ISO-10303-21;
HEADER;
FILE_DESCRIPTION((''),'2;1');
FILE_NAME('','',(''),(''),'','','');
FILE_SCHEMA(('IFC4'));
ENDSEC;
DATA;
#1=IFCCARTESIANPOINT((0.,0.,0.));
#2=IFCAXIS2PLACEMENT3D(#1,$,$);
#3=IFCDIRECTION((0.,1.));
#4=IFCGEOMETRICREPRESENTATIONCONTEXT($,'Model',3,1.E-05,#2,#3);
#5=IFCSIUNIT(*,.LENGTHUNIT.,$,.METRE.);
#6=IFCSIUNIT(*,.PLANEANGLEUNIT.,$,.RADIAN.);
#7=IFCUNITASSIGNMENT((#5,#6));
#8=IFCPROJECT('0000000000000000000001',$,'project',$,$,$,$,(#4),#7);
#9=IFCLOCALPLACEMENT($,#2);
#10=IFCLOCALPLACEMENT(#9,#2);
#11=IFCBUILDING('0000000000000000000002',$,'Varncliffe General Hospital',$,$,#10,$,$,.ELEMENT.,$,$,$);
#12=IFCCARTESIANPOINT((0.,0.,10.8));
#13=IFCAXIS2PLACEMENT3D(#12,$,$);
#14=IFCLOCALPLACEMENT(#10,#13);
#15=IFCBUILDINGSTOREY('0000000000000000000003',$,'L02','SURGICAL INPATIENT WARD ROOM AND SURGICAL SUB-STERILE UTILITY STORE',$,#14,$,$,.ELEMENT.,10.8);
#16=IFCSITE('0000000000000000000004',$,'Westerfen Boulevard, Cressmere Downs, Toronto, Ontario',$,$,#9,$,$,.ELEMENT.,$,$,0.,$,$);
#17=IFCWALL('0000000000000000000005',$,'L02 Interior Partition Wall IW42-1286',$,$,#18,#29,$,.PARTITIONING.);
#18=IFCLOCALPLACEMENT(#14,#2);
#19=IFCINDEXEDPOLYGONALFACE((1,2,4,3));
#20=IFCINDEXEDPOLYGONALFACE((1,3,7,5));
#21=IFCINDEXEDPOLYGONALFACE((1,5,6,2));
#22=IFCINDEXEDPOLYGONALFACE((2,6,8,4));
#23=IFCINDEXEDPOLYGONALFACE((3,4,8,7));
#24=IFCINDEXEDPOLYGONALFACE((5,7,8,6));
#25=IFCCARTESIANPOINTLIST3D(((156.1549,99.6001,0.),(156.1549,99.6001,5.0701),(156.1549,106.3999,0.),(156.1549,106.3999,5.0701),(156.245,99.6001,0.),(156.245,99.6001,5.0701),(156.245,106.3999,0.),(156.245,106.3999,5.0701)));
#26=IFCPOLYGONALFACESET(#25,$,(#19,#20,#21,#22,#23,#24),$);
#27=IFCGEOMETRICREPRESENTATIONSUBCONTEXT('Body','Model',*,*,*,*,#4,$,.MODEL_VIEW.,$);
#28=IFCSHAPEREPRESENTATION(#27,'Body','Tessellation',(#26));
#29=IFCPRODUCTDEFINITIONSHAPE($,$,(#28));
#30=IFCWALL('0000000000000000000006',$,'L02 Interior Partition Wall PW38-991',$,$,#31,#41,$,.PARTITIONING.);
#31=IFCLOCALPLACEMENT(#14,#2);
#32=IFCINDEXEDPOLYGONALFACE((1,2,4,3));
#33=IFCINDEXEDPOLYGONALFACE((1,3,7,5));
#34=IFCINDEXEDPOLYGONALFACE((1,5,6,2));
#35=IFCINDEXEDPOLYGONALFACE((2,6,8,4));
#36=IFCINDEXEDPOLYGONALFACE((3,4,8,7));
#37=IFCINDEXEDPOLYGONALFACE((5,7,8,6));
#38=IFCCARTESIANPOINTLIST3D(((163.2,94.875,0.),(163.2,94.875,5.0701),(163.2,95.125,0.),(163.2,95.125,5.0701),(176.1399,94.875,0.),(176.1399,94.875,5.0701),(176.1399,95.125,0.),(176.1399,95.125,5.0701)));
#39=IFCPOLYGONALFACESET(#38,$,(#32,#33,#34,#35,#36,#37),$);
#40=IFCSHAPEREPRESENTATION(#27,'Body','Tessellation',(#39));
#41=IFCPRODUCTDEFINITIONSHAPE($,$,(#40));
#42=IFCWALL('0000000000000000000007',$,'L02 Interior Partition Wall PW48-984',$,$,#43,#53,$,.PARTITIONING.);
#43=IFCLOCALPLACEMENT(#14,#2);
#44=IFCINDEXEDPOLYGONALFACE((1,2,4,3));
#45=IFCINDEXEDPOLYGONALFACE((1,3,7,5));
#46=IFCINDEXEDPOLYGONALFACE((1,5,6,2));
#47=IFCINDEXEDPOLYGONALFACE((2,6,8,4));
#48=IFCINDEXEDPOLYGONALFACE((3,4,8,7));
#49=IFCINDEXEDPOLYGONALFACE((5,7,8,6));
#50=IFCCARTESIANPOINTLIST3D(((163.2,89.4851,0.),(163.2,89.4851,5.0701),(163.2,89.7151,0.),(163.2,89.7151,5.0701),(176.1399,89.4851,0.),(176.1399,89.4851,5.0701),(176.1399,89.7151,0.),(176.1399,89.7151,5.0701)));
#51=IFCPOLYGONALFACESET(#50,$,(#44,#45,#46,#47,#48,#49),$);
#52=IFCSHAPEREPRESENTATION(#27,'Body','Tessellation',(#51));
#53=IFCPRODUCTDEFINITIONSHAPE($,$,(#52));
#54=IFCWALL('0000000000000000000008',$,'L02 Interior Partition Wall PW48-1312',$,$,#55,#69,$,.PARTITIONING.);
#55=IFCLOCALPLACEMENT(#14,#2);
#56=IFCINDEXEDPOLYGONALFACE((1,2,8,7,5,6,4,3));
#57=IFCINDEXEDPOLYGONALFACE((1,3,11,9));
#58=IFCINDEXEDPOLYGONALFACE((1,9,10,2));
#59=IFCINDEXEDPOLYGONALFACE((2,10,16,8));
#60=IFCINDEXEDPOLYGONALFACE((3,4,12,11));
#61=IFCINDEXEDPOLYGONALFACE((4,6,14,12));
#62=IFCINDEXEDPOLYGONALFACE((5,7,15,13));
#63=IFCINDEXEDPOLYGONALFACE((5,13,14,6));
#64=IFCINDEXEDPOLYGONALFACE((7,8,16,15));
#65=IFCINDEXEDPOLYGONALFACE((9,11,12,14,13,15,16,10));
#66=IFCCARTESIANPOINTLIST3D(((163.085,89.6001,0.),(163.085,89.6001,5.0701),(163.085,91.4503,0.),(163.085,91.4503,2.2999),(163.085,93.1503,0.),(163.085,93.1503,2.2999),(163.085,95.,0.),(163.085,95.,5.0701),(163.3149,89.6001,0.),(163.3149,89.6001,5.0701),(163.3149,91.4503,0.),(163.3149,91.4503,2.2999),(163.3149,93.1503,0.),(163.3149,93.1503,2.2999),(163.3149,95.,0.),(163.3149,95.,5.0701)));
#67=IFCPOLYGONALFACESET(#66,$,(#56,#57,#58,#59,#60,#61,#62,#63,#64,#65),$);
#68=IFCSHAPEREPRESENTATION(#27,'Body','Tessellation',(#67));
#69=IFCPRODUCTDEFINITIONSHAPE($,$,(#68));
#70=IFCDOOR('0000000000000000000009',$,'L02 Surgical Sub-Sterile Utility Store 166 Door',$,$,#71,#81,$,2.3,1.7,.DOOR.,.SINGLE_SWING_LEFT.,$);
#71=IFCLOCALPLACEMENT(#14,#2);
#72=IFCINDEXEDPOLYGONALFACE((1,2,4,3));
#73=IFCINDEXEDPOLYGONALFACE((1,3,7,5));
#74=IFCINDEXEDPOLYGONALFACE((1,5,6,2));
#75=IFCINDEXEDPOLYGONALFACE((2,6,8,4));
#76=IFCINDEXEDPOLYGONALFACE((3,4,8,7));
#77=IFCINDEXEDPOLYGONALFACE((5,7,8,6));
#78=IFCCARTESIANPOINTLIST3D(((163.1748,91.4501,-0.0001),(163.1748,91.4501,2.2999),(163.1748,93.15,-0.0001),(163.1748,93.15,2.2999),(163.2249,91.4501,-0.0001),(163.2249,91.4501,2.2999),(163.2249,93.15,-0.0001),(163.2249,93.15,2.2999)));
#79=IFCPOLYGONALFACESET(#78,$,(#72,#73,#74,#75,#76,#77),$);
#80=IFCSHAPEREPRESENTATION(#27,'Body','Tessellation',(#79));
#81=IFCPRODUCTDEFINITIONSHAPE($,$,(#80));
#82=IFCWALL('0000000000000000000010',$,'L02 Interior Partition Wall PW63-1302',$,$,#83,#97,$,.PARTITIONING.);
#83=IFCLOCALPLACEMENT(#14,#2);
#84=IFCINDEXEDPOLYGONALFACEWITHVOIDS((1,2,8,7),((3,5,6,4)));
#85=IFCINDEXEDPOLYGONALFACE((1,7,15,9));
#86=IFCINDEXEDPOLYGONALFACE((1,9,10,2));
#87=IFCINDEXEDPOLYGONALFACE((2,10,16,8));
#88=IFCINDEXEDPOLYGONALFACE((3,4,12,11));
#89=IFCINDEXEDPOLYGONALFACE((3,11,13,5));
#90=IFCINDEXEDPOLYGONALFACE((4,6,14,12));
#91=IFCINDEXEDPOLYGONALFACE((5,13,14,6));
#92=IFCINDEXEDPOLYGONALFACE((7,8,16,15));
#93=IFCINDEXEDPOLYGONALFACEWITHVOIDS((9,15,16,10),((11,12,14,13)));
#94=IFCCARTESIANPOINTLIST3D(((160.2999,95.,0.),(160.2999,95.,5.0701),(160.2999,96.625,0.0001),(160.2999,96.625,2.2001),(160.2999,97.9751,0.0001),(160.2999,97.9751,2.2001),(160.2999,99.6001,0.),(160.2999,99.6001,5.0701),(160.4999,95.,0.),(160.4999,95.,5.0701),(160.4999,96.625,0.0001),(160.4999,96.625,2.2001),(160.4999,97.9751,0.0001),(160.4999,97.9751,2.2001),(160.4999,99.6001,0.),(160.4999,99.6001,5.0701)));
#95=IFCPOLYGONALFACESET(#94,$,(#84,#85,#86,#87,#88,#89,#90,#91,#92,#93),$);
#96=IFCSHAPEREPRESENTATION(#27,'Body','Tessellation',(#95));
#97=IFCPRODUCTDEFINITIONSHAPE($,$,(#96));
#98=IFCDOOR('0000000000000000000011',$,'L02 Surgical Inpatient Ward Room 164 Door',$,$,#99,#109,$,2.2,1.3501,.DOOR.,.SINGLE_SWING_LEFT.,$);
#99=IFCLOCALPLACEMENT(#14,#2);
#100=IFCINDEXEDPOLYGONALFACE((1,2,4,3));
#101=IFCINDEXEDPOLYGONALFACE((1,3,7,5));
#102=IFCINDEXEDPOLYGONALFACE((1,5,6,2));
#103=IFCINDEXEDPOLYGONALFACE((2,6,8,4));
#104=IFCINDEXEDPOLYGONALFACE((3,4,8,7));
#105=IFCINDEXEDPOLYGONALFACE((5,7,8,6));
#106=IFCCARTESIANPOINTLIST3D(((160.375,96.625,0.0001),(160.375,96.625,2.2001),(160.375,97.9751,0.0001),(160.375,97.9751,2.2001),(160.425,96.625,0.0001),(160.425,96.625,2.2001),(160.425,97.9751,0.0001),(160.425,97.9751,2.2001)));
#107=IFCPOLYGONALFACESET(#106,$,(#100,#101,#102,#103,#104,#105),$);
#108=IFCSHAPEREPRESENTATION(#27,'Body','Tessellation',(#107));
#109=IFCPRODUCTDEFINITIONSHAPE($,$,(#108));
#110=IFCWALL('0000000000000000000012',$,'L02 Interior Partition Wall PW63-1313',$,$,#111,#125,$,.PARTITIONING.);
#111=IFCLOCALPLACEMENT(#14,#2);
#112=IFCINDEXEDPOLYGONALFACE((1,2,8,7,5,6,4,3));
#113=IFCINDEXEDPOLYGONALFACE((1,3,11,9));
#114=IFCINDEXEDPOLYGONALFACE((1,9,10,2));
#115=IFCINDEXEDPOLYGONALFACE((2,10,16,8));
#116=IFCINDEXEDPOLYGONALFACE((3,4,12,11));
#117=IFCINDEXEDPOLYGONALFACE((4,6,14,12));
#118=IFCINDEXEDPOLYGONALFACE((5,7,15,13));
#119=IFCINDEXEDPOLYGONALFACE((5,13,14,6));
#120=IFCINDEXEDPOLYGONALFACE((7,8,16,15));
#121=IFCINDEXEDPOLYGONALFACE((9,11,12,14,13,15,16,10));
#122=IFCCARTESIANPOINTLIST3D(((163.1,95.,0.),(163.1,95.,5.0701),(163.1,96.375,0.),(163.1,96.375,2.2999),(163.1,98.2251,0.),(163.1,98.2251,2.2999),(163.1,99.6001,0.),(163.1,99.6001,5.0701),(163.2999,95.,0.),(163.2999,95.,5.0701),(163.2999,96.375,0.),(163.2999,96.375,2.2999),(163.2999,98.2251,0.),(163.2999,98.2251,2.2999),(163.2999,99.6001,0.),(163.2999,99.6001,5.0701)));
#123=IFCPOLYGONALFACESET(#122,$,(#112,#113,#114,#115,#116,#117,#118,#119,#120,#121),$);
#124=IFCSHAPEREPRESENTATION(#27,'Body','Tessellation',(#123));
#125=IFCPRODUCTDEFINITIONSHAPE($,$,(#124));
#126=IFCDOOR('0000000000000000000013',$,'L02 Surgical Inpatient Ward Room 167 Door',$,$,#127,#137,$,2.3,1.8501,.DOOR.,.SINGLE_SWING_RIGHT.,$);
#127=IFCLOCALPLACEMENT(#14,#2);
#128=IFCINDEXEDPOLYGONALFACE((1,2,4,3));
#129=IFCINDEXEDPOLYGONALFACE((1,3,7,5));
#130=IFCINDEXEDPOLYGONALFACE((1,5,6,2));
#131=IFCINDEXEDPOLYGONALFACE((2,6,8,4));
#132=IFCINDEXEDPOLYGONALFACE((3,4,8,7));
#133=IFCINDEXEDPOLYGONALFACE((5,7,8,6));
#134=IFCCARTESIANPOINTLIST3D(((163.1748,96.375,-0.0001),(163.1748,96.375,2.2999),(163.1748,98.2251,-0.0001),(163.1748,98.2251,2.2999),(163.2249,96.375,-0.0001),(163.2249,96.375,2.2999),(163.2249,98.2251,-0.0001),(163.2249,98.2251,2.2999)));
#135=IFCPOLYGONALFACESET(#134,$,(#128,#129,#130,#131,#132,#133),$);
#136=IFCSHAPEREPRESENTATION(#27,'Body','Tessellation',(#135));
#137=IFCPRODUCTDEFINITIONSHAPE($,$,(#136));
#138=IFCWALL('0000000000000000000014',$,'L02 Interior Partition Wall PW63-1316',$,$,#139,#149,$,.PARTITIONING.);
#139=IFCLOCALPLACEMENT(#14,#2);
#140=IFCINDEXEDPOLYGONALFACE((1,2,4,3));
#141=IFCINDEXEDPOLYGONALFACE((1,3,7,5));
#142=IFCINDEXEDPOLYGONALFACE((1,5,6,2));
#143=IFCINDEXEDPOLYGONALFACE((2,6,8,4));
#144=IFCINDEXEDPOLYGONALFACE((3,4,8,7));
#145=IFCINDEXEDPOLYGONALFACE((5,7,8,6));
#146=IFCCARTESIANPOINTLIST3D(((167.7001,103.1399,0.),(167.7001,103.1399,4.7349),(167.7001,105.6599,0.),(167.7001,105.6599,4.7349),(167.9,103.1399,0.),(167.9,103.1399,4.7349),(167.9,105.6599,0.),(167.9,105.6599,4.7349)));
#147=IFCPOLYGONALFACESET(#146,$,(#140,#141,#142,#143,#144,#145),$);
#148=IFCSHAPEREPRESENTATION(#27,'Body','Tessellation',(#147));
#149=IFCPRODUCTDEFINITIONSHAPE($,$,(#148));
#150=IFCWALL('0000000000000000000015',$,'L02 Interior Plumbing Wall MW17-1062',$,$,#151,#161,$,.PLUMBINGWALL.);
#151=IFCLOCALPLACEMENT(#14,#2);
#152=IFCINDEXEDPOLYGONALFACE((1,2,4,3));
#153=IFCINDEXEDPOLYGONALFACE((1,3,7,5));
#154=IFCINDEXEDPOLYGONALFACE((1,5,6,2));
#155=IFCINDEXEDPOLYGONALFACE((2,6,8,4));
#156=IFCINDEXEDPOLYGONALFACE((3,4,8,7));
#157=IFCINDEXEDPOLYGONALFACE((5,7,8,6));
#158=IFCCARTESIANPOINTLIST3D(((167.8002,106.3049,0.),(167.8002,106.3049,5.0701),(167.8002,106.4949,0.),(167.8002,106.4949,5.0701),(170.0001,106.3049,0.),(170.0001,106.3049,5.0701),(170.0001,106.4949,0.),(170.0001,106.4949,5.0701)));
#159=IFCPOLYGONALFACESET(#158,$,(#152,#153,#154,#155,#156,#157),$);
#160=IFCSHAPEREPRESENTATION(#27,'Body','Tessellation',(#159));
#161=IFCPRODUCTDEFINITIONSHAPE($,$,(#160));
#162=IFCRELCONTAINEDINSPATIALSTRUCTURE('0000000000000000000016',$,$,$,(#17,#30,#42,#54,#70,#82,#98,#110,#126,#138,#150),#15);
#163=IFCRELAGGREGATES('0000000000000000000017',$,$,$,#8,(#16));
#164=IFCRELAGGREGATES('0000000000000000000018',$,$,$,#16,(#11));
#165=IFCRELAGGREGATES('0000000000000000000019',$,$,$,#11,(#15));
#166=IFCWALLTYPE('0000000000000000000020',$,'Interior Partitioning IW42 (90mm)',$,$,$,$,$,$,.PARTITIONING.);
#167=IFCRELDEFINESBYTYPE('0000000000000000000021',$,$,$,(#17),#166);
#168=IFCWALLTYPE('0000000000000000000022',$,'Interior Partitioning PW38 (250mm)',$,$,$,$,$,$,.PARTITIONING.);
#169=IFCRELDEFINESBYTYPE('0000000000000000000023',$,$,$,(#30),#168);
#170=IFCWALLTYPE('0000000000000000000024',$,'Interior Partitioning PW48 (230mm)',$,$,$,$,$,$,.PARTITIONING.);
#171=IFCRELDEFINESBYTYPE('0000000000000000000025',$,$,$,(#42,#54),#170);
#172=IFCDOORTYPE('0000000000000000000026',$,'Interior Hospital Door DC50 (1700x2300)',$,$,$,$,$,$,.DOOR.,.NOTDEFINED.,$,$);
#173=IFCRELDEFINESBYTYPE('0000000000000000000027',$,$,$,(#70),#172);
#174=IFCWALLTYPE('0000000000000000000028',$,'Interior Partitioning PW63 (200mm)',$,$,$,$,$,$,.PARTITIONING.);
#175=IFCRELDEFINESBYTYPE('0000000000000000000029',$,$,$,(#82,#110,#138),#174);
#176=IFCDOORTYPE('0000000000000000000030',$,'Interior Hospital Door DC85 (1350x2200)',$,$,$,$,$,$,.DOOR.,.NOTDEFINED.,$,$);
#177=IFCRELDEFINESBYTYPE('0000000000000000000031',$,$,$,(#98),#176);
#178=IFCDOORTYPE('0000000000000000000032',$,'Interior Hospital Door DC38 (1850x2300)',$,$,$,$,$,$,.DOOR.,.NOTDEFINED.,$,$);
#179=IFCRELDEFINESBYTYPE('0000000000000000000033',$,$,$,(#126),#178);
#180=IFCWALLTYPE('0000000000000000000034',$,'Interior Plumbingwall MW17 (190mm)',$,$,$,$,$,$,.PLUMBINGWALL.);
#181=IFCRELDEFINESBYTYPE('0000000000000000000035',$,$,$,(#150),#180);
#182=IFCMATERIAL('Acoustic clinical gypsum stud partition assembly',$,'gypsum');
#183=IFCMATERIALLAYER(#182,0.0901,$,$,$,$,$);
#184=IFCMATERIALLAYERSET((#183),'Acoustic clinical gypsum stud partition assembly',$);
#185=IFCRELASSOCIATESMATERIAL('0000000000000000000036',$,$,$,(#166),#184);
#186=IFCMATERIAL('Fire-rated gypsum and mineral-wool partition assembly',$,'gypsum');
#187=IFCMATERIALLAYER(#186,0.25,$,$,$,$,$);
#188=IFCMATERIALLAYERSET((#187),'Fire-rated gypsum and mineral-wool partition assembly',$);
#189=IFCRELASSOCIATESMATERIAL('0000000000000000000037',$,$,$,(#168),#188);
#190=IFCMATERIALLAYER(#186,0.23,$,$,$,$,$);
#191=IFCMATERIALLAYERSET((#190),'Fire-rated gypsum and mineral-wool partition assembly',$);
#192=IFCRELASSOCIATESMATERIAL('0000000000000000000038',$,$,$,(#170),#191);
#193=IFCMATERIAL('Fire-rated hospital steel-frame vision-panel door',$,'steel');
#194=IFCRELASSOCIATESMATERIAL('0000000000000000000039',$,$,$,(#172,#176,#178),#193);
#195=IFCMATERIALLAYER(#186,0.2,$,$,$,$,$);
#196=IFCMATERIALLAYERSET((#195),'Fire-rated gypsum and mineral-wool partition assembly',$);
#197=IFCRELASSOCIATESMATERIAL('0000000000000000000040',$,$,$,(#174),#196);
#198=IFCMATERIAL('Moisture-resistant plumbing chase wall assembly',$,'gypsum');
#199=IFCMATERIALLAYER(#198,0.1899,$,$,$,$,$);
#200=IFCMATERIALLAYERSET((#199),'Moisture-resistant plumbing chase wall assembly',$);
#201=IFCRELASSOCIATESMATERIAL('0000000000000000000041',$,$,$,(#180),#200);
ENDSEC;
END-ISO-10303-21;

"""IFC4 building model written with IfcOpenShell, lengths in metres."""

from ifc_helpers import new_model, si_unit, direction, frame, frame_2d, origin, place, context, subcontext, project, spatial, rectangle, extrude, material, layer, layer_set, type_object, element, fill, save


model = new_model("IFC4")

# Units and contexts
model_context = context("Model", 3, precision=1e-05, world=origin(), true_north=direction((0.0, 1.0)))
body_context = subcontext(model_context, "Body", "Model", "MODEL_VIEW")
ifc_project = project(units=[si_unit("LENGTHUNIT", "METRE"), si_unit("PLANEANGLEUNIT", "RADIAN")], contexts=[model_context])

# Site, building, storey
site_placement = place(None, origin())
site = spatial("IfcSite", under=ifc_project, at=site_placement, Name="Westerfen Boulevard, Cressmere Downs, Toronto, Ontario", CompositionType="ELEMENT", RefElevation=0.0)
building_placement = place(site_placement, origin())
building = spatial("IfcBuilding", under=site, at=building_placement, Name="Varncliffe General Hospital", CompositionType="ELEMENT")
storey_placement = place(building_placement, frame((0.0, 0.0, 10.8)))
storey = spatial("IfcBuildingStorey", under=building, at=storey_placement, Name="L02", Description="SURGICAL INPATIENT WARD ROOM AND SURGICAL SUB-STERILE UTILITY STORE", CompositionType="ELEMENT", Elevation=10.8)

# Walls
ifc_material_1 = material(Name="Acoustic clinical gypsum stud partition assembly", Category="gypsum")
ifc_layer_1 = layer(ifc_material_1, 0.0901)
ifc_layer_set_1 = layer_set([ifc_layer_1], Name="Acoustic clinical gypsum stud partition assembly")
wall_type_1 = type_object("IfcWallType", Name="Interior Partitioning IW42 (90mm)", PredefinedType="PARTITIONING", material=ifc_layer_set_1)
wall_1_placement = place(storey_placement, frame((156.2, 99.6001, 0.0), z_axis=(0.0, 0.0, 1.0), x_axis=(0.0, 1.0, 0.0)))
element("IfcWall", 1, at=wall_1_placement, inside=storey, type_object=wall_type_1, Name="L02 Interior Partition Wall IW42-1286", PredefinedType="PARTITIONING", context=body_context, shape_type="SweptSolid", body=[
    extrude(rectangle(XDim=6.7998, YDim=0.0901, at=frame_2d((3.3999, 0.0))), origin(), (0.0, 0.0, 1.0), 5.0701),
])
ifc_material_2 = material(Name="Fire-rated gypsum and mineral-wool partition assembly", Category="gypsum")
ifc_layer_2 = layer(ifc_material_2, 0.25)
ifc_layer_set_2 = layer_set([ifc_layer_2], Name="Fire-rated gypsum and mineral-wool partition assembly")
wall_type_2 = type_object("IfcWallType", Name="Interior Partitioning PW38 (250mm)", PredefinedType="PARTITIONING", material=ifc_layer_set_2)
wall_2_placement = place(storey_placement, frame((163.2, 95.0, 0.0), z_axis=(0.0, 0.0, 1.0), x_axis=(1.0, 0.0, 0.0)))
element("IfcWall", 2, at=wall_2_placement, inside=storey, type_object=wall_type_2, Name="L02 Interior Partition Wall PW38-991", PredefinedType="PARTITIONING", context=body_context, shape_type="SweptSolid", body=[
    extrude(rectangle(XDim=12.9399, YDim=0.25, at=frame_2d((6.47, 0.0))), origin(), (0.0, 0.0, 1.0), 5.0701),
])
ifc_layer_3 = layer(ifc_material_2, 0.23)
ifc_layer_set_3 = layer_set([ifc_layer_3], Name="Fire-rated gypsum and mineral-wool partition assembly")
wall_type_3 = type_object("IfcWallType", Name="Interior Partitioning PW48 (230mm)", PredefinedType="PARTITIONING", material=ifc_layer_set_3)
wall_3_placement = place(storey_placement, frame((163.2, 89.6001, 0.0), z_axis=(0.0, 0.0, 1.0), x_axis=(1.0, 0.0, 0.0)))
element("IfcWall", 3, at=wall_3_placement, inside=storey, type_object=wall_type_3, Name="L02 Interior Partition Wall PW48-984", PredefinedType="PARTITIONING", context=body_context, shape_type="SweptSolid", body=[
    extrude(rectangle(XDim=12.9399, YDim=0.23, at=frame_2d((6.47, 0.0))), origin(), (0.0, 0.0, 1.0), 5.0701),
])

# Walls, openings, doors
wall_4_placement = place(storey_placement, frame((163.2, 89.6001, 0.0), z_axis=(0.0, 0.0, 1.0), x_axis=(0.0, 1.0, 0.0)))
wall_4 = element("IfcWall", 4, at=wall_4_placement, inside=storey, type_object=wall_type_3, Name="L02 Interior Partition Wall PW48-1312", PredefinedType="PARTITIONING", context=body_context, shape_type="SweptSolid", body=[
    extrude(rectangle(XDim=5.3999, YDim=0.23, at=frame_2d((2.7, 0.0))), origin(), (0.0, 0.0, 1.0), 5.0701),
])
opening_1_placement = place(wall_4_placement, frame((1.8501, 0.0, 0.0)))
opening_1 = element("IfcOpeningElement", 5, at=opening_1_placement, cuts=wall_4, PredefinedType="OPENING", context=body_context, shape_type="SweptSolid", body=[
    extrude(rectangle(XDim=1.7, YDim=2.3, at=frame_2d((0.8501, 1.1499))), frame((0.0, 0.125, 0.0), z_axis=(0.0, -1.0, 0.0), x_axis=(1.0, 0.0, 0.0)), (0.0, 0.0, 1.0), 0.25),
])
ifc_material_3 = material(Name="Fire-rated hospital steel-frame vision-panel door", Category="steel")
door_type_1 = type_object("IfcDoorType", Name="Interior Hospital Door DC50 (1700x2300)", OperationType="NOTDEFINED", PredefinedType="DOOR", material=ifc_material_3)
door_1_placement = place(opening_1_placement, frame((1.7, 0.0, 0.0), z_axis=(0.0, 0.0, 1.0), x_axis=(-1.0, 0.0, 0.0)))
door_1 = element("IfcDoor", 6, at=door_1_placement, inside=storey, type_object=door_type_1, Name="L02 Surgical Sub-Sterile Utility Store 166 Door", OperationType="SINGLE_SWING_LEFT", OverallHeight=2.3, OverallWidth=1.7, PredefinedType="DOOR", context=body_context, shape_type="SweptSolid", body=[
    extrude(rectangle(XDim=1.7, YDim=2.3, at=frame_2d((0.8501, 1.1499))), frame((0.0, 0.0249, 0.0), z_axis=(0.0, -1.0, 0.0), x_axis=(1.0, 0.0, 0.0)), (0.0, 0.0, 1.0), 0.05),
])
fill(opening_1, door_1)
ifc_layer_4 = layer(ifc_material_2, 0.2)
ifc_layer_set_4 = layer_set([ifc_layer_4], Name="Fire-rated gypsum and mineral-wool partition assembly")
wall_type_4 = type_object("IfcWallType", Name="Interior Partitioning PW63 (200mm)", PredefinedType="PARTITIONING", material=ifc_layer_set_4)
wall_5_placement = place(storey_placement, frame((160.3999, 95.0, 0.0), z_axis=(0.0, 0.0, 1.0), x_axis=(0.0, 1.0, 0.0)))
wall_5 = element("IfcWall", 7, at=wall_5_placement, inside=storey, type_object=wall_type_4, Name="L02 Interior Partition Wall PW63-1302", PredefinedType="PARTITIONING", context=body_context, shape_type="SweptSolid", body=[
    extrude(rectangle(XDim=4.6001, YDim=0.2, at=frame_2d((2.3, 0.0))), origin(), (0.0, 0.0, 1.0), 5.0701),
])
opening_2_placement = place(wall_5_placement, frame((1.625, 0.0, 0.0)))
opening_2 = element("IfcOpeningElement", 8, at=opening_2_placement, cuts=wall_5, PredefinedType="OPENING", context=body_context, shape_type="SweptSolid", body=[
    extrude(rectangle(XDim=1.3501, YDim=2.2, at=frame_2d((0.675, 1.1001))), frame((0.0, 0.1099, 0.0), z_axis=(0.0, -1.0, 0.0), x_axis=(1.0, 0.0, 0.0)), (0.0, 0.0, 1.0), 0.22),
])
door_type_2 = type_object("IfcDoorType", Name="Interior Hospital Door DC85 (1350x2200)", OperationType="NOTDEFINED", PredefinedType="DOOR", material=ifc_material_3)
door_2_placement = place(opening_2_placement, origin())
door_2 = element("IfcDoor", 9, at=door_2_placement, inside=storey, type_object=door_type_2, Name="L02 Surgical Inpatient Ward Room 164 Door", OperationType="SINGLE_SWING_LEFT", OverallHeight=2.2, OverallWidth=1.3501, PredefinedType="DOOR", context=body_context, shape_type="SweptSolid", body=[
    extrude(rectangle(XDim=1.3501, YDim=2.2, at=frame_2d((0.675, 1.1001))), frame((0.0, 0.0249, 0.0), z_axis=(0.0, -1.0, 0.0), x_axis=(1.0, 0.0, 0.0)), (0.0, 0.0, 1.0), 0.05),
])
fill(opening_2, door_2)
wall_6_placement = place(storey_placement, frame((163.2, 95.0, 0.0), z_axis=(0.0, 0.0, 1.0), x_axis=(0.0, 1.0, 0.0)))
wall_6 = element("IfcWall", 10, at=wall_6_placement, inside=storey, type_object=wall_type_4, Name="L02 Interior Partition Wall PW63-1313", PredefinedType="PARTITIONING", context=body_context, shape_type="SweptSolid", body=[
    extrude(rectangle(XDim=4.6001, YDim=0.2, at=frame_2d((2.3, 0.0))), origin(), (0.0, 0.0, 1.0), 5.0701),
])
opening_3_placement = place(wall_6_placement, frame((1.375, 0.0, 0.0)))
opening_3 = element("IfcOpeningElement", 11, at=opening_3_placement, cuts=wall_6, PredefinedType="OPENING", context=body_context, shape_type="SweptSolid", body=[
    extrude(rectangle(XDim=1.8501, YDim=2.3, at=frame_2d((0.925, 1.1499))), frame((0.0, 0.1099, 0.0), z_axis=(0.0, -1.0, 0.0), x_axis=(1.0, 0.0, 0.0)), (0.0, 0.0, 1.0), 0.22),
])
door_type_3 = type_object("IfcDoorType", Name="Interior Hospital Door DC38 (1850x2300)", OperationType="NOTDEFINED", PredefinedType="DOOR", material=ifc_material_3)
door_3_placement = place(opening_3_placement, frame((1.8501, 0.0, 0.0), z_axis=(0.0, 0.0, 1.0), x_axis=(-1.0, 0.0, 0.0)))
door_3 = element("IfcDoor", 12, at=door_3_placement, inside=storey, type_object=door_type_3, Name="L02 Surgical Inpatient Ward Room 167 Door", OperationType="SINGLE_SWING_RIGHT", OverallHeight=2.3, OverallWidth=1.8501, PredefinedType="DOOR", context=body_context, shape_type="SweptSolid", body=[
    extrude(rectangle(XDim=1.8501, YDim=2.3, at=frame_2d((0.925, 1.1499))), frame((0.0, 0.0249, 0.0), z_axis=(0.0, -1.0, 0.0), x_axis=(1.0, 0.0, 0.0)), (0.0, 0.0, 1.0), 0.05),
])
fill(opening_3, door_3)

# Walls
wall_7_placement = place(storey_placement, frame((167.8, 103.1399, 0.0), z_axis=(0.0, 0.0, 1.0), x_axis=(0.0, 1.0, 0.0)))
element("IfcWall", 13, at=wall_7_placement, inside=storey, type_object=wall_type_4, Name="L02 Interior Partition Wall PW63-1316", PredefinedType="PARTITIONING", context=body_context, shape_type="SweptSolid", body=[
    extrude(rectangle(XDim=2.52, YDim=0.2, at=frame_2d((1.26, 0.0))), origin(), (0.0, 0.0, 1.0), 4.7349),
])
ifc_material_4 = material(Name="Moisture-resistant plumbing chase wall assembly", Category="gypsum")
ifc_layer_5 = layer(ifc_material_4, 0.1899)
ifc_layer_set_5 = layer_set([ifc_layer_5], Name="Moisture-resistant plumbing chase wall assembly")
wall_type_5 = type_object("IfcWallType", Name="Interior Plumbingwall MW17 (190mm)", PredefinedType="PLUMBINGWALL", material=ifc_layer_set_5)
wall_8_placement = place(storey_placement, frame((167.8, 106.3999, 0.0), z_axis=(0.0, 0.0, 1.0), x_axis=(1.0, 0.0, 0.0)))
element("IfcWall", 14, at=wall_8_placement, inside=storey, type_object=wall_type_5, Name="L02 Interior Plumbing Wall MW17-1062", PredefinedType="PLUMBINGWALL", context=body_context, shape_type="SweptSolid", body=[
    extrude(rectangle(XDim=2.2, YDim=0.1899, at=frame_2d((1.1001, 0.0))), origin(), (0.0, 0.0, 1.0), 5.0701),
])

save(model, "model.ifc")
